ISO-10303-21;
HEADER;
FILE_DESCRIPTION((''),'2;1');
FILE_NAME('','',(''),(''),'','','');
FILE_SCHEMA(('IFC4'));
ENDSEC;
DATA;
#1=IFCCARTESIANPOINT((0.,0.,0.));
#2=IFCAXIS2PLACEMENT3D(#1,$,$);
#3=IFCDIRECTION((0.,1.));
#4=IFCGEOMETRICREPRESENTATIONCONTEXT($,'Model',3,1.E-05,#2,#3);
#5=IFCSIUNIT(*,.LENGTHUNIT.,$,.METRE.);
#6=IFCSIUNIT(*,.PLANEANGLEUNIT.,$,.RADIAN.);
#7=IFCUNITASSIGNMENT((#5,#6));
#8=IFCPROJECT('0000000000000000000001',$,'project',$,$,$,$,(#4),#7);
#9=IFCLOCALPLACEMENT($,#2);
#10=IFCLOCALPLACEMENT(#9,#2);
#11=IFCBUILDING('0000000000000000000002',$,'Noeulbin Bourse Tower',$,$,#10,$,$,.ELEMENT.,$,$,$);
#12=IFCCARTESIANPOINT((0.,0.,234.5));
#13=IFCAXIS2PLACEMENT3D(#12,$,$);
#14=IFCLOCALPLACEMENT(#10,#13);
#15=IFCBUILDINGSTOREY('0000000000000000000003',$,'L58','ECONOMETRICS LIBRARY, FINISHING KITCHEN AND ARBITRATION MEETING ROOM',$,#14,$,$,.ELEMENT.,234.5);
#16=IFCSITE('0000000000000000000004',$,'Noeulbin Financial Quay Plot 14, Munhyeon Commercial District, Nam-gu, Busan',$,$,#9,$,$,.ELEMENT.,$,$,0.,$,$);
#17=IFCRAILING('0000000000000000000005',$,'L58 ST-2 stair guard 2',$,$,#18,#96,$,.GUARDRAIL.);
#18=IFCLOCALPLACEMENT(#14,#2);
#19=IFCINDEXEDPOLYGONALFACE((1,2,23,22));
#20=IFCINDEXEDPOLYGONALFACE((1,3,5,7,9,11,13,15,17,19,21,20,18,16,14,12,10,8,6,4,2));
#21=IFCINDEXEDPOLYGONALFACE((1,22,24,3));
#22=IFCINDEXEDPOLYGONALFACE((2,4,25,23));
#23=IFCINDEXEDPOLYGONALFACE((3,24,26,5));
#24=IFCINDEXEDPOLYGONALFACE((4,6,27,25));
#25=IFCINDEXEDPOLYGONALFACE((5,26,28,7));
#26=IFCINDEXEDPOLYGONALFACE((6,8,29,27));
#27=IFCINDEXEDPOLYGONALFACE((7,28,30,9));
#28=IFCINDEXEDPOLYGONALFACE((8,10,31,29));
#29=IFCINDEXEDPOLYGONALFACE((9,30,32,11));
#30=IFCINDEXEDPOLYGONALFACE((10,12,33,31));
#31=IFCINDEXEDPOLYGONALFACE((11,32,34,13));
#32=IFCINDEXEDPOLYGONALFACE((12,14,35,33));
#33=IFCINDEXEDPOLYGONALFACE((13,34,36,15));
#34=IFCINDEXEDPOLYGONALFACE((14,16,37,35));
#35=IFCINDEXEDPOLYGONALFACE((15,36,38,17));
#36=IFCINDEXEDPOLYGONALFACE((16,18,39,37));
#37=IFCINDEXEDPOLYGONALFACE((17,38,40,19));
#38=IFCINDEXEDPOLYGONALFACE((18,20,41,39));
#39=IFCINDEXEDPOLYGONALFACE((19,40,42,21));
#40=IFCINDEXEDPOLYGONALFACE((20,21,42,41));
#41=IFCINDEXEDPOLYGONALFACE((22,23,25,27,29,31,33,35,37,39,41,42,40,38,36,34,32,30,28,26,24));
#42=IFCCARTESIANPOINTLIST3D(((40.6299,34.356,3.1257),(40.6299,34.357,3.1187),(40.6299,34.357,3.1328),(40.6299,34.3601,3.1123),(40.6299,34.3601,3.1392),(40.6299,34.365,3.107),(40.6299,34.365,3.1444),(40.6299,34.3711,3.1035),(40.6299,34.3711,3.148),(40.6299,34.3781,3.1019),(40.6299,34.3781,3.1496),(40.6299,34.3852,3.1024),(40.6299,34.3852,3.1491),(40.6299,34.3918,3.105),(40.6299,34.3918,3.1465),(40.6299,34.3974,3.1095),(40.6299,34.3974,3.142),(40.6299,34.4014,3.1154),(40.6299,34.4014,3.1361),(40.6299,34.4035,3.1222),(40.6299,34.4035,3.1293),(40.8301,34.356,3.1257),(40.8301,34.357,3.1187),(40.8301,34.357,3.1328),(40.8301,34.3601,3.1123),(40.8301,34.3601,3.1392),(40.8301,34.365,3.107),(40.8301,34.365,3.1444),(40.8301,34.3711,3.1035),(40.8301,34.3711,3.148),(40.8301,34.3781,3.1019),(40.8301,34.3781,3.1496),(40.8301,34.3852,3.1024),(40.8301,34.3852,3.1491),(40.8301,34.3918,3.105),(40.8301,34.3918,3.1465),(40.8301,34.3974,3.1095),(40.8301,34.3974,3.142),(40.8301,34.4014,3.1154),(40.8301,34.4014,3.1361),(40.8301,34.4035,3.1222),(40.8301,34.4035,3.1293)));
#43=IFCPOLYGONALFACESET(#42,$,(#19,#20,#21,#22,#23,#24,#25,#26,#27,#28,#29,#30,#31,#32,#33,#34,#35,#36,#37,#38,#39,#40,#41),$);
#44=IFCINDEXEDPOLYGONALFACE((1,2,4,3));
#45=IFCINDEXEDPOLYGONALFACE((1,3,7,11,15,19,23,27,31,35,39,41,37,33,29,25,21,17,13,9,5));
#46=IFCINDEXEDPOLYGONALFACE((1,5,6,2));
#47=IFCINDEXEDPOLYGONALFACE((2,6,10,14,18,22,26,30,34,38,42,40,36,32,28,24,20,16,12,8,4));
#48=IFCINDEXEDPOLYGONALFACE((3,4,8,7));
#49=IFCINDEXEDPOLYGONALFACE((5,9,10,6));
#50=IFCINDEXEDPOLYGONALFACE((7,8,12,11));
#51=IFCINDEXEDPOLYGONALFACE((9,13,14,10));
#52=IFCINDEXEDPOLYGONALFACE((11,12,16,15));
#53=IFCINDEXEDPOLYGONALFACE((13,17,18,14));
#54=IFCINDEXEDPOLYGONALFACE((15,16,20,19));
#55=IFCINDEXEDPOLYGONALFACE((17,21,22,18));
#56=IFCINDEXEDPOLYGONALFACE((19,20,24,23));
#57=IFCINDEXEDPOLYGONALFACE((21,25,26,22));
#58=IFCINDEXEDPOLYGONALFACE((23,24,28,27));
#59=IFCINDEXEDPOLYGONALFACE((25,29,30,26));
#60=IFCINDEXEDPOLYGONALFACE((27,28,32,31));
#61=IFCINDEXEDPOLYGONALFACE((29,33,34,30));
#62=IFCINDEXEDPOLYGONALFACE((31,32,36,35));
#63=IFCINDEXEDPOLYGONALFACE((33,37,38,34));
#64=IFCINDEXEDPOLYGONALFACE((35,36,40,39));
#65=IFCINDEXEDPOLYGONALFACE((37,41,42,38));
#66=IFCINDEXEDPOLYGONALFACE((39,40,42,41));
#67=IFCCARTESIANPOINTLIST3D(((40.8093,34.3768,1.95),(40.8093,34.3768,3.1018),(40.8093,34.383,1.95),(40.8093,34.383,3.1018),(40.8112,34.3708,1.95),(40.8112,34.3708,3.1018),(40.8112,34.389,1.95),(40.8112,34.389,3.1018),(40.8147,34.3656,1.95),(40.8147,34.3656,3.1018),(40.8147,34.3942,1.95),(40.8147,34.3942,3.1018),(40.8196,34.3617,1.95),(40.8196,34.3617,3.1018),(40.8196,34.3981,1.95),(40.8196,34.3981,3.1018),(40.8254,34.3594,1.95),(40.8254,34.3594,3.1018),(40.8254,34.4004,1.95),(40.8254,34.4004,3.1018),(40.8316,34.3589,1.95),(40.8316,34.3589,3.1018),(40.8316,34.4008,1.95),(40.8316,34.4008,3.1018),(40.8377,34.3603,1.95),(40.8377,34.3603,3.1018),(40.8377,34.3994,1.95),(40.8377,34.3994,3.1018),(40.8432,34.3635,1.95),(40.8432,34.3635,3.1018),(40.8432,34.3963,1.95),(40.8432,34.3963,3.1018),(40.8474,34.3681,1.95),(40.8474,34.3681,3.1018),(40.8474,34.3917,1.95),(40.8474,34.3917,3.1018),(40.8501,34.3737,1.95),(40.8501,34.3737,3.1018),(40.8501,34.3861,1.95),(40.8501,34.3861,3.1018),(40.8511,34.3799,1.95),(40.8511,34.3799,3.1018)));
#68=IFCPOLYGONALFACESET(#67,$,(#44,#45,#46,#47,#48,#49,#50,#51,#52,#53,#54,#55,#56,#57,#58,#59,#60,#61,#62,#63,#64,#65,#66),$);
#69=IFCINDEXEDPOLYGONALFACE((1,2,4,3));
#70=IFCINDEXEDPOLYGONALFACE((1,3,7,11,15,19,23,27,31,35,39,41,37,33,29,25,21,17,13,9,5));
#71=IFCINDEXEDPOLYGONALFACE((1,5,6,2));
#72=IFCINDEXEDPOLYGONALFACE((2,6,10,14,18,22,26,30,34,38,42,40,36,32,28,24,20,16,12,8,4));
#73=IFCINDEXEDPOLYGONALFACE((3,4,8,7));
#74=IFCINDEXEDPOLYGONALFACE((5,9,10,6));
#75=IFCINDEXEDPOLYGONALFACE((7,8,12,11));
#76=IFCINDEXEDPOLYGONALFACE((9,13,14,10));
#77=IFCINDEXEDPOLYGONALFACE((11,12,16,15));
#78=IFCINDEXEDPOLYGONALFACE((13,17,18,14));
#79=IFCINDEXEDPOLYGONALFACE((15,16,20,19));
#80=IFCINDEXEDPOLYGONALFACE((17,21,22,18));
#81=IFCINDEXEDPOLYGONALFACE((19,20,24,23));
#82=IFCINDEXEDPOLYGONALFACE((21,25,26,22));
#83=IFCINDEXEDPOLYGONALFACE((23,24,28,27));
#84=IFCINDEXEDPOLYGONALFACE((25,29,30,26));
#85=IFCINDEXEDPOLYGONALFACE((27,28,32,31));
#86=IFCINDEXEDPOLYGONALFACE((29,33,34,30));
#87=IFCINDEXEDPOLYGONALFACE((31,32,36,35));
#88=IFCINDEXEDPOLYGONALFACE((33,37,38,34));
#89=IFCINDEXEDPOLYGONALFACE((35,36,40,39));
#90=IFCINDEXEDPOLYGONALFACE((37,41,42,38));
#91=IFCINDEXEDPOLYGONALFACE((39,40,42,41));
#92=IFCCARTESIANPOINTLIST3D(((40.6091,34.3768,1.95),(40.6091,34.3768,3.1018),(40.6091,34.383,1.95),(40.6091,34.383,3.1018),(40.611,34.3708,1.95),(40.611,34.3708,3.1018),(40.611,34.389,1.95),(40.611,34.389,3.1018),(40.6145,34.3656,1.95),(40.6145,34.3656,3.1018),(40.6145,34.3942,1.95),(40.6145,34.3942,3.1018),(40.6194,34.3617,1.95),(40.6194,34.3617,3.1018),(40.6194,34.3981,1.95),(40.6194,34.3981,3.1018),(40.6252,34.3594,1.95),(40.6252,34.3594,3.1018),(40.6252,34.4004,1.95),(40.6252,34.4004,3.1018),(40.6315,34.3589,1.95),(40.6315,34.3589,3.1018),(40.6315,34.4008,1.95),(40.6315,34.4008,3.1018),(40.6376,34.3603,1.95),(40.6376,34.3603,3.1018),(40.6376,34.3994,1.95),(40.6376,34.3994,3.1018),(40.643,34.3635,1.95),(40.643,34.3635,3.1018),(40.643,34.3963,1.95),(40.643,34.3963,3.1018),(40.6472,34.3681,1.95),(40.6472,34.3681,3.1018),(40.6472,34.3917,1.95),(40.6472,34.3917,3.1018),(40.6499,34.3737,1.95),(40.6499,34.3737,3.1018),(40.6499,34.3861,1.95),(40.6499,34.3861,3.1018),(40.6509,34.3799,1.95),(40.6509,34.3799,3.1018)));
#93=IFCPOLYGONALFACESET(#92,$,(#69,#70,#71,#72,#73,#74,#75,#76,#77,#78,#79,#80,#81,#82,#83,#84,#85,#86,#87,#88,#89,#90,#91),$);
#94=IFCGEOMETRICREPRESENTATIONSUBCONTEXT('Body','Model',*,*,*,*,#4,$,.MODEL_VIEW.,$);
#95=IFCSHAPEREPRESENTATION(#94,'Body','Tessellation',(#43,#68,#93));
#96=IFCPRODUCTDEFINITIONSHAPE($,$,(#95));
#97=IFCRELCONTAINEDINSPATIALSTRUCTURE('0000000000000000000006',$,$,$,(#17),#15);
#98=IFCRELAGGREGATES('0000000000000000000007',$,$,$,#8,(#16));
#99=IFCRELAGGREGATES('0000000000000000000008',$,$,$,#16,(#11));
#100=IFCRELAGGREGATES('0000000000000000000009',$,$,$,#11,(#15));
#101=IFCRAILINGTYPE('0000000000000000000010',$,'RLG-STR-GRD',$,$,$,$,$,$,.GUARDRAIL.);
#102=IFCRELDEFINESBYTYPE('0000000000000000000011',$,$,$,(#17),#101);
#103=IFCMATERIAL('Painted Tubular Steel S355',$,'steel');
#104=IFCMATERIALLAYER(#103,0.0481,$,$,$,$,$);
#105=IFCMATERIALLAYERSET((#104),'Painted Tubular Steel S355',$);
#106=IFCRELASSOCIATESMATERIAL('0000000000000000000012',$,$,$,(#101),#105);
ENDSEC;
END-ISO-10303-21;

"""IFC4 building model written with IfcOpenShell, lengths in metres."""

from ifc_helpers import new_model, si_unit, direction, frame, origin, origin_2d, place, context, subcontext, project, spatial, circle, extrude, material, layer, layer_set, type_object, element, save


model = new_model("IFC4")

# Units and contexts
model_context = context("Model", 3, precision=1e-05, world=origin(), true_north=direction((0.0, 1.0)))
body_context = subcontext(model_context, "Body", "Model", "MODEL_VIEW")
ifc_project = project(units=[si_unit("LENGTHUNIT", "METRE"), si_unit("PLANEANGLEUNIT", "RADIAN")], contexts=[model_context])

# Site, building, storey
site_placement = place(None, origin())
site = spatial("IfcSite", under=ifc_project, at=site_placement, Name="Noeulbin Financial Quay Plot 14, Munhyeon Commercial District, Nam-gu, Busan", CompositionType="ELEMENT", RefElevation=0.0)
building_placement = place(site_placement, origin())
building = spatial("IfcBuilding", under=site, at=building_placement, Name="Noeulbin Bourse Tower", CompositionType="ELEMENT")
storey_placement = place(building_placement, frame((0.0, 0.0, 234.5)))
storey = spatial("IfcBuildingStorey", under=building, at=storey_placement, Name="L58", Description="ECONOMETRICS LIBRARY, FINISHING KITCHEN AND ARBITRATION MEETING ROOM", CompositionType="ELEMENT", Elevation=234.5)

# Railing
ifc_material_1 = material(Name="Painted Tubular Steel S355", Category="steel")
ifc_layer_1 = layer(ifc_material_1, 0.0481)
ifc_layer_set_1 = layer_set([ifc_layer_1], Name="Painted Tubular Steel S355")
railing_type_1 = type_object("IfcRailingType", Name="RLG-STR-GRD", PredefinedType="GUARDRAIL", material=ifc_layer_set_1)
railing_1_placement = place(storey_placement, frame((40.8301, 34.3799, 1.95)))
element("IfcRailing", 1, at=railing_1_placement, inside=storey, type_object=railing_type_1, Name="L58 ST-2 stair guard 2", PredefinedType="GUARDRAIL", context=body_context, shape_type="SweptSolid", body=[
    extrude(circle(Radius=0.0239, at=origin_2d()), frame((0.0, 0.0, 1.1758), z_axis=(-1.0, 0.0, 0.0), x_axis=(0.0, -1.0, 0.0)), (0.0, 0.0, 1.0), 0.2002),
    extrude(circle(Radius=0.021, at=origin_2d()), origin(), (0.0, 0.0, 1.0), 1.1519),
    extrude(circle(Radius=0.021, at=origin_2d()), frame((-0.2002, 0.0, 0.0)), (0.0, 0.0, 1.0), 1.1519),
])

save(model, "model.ifc")
